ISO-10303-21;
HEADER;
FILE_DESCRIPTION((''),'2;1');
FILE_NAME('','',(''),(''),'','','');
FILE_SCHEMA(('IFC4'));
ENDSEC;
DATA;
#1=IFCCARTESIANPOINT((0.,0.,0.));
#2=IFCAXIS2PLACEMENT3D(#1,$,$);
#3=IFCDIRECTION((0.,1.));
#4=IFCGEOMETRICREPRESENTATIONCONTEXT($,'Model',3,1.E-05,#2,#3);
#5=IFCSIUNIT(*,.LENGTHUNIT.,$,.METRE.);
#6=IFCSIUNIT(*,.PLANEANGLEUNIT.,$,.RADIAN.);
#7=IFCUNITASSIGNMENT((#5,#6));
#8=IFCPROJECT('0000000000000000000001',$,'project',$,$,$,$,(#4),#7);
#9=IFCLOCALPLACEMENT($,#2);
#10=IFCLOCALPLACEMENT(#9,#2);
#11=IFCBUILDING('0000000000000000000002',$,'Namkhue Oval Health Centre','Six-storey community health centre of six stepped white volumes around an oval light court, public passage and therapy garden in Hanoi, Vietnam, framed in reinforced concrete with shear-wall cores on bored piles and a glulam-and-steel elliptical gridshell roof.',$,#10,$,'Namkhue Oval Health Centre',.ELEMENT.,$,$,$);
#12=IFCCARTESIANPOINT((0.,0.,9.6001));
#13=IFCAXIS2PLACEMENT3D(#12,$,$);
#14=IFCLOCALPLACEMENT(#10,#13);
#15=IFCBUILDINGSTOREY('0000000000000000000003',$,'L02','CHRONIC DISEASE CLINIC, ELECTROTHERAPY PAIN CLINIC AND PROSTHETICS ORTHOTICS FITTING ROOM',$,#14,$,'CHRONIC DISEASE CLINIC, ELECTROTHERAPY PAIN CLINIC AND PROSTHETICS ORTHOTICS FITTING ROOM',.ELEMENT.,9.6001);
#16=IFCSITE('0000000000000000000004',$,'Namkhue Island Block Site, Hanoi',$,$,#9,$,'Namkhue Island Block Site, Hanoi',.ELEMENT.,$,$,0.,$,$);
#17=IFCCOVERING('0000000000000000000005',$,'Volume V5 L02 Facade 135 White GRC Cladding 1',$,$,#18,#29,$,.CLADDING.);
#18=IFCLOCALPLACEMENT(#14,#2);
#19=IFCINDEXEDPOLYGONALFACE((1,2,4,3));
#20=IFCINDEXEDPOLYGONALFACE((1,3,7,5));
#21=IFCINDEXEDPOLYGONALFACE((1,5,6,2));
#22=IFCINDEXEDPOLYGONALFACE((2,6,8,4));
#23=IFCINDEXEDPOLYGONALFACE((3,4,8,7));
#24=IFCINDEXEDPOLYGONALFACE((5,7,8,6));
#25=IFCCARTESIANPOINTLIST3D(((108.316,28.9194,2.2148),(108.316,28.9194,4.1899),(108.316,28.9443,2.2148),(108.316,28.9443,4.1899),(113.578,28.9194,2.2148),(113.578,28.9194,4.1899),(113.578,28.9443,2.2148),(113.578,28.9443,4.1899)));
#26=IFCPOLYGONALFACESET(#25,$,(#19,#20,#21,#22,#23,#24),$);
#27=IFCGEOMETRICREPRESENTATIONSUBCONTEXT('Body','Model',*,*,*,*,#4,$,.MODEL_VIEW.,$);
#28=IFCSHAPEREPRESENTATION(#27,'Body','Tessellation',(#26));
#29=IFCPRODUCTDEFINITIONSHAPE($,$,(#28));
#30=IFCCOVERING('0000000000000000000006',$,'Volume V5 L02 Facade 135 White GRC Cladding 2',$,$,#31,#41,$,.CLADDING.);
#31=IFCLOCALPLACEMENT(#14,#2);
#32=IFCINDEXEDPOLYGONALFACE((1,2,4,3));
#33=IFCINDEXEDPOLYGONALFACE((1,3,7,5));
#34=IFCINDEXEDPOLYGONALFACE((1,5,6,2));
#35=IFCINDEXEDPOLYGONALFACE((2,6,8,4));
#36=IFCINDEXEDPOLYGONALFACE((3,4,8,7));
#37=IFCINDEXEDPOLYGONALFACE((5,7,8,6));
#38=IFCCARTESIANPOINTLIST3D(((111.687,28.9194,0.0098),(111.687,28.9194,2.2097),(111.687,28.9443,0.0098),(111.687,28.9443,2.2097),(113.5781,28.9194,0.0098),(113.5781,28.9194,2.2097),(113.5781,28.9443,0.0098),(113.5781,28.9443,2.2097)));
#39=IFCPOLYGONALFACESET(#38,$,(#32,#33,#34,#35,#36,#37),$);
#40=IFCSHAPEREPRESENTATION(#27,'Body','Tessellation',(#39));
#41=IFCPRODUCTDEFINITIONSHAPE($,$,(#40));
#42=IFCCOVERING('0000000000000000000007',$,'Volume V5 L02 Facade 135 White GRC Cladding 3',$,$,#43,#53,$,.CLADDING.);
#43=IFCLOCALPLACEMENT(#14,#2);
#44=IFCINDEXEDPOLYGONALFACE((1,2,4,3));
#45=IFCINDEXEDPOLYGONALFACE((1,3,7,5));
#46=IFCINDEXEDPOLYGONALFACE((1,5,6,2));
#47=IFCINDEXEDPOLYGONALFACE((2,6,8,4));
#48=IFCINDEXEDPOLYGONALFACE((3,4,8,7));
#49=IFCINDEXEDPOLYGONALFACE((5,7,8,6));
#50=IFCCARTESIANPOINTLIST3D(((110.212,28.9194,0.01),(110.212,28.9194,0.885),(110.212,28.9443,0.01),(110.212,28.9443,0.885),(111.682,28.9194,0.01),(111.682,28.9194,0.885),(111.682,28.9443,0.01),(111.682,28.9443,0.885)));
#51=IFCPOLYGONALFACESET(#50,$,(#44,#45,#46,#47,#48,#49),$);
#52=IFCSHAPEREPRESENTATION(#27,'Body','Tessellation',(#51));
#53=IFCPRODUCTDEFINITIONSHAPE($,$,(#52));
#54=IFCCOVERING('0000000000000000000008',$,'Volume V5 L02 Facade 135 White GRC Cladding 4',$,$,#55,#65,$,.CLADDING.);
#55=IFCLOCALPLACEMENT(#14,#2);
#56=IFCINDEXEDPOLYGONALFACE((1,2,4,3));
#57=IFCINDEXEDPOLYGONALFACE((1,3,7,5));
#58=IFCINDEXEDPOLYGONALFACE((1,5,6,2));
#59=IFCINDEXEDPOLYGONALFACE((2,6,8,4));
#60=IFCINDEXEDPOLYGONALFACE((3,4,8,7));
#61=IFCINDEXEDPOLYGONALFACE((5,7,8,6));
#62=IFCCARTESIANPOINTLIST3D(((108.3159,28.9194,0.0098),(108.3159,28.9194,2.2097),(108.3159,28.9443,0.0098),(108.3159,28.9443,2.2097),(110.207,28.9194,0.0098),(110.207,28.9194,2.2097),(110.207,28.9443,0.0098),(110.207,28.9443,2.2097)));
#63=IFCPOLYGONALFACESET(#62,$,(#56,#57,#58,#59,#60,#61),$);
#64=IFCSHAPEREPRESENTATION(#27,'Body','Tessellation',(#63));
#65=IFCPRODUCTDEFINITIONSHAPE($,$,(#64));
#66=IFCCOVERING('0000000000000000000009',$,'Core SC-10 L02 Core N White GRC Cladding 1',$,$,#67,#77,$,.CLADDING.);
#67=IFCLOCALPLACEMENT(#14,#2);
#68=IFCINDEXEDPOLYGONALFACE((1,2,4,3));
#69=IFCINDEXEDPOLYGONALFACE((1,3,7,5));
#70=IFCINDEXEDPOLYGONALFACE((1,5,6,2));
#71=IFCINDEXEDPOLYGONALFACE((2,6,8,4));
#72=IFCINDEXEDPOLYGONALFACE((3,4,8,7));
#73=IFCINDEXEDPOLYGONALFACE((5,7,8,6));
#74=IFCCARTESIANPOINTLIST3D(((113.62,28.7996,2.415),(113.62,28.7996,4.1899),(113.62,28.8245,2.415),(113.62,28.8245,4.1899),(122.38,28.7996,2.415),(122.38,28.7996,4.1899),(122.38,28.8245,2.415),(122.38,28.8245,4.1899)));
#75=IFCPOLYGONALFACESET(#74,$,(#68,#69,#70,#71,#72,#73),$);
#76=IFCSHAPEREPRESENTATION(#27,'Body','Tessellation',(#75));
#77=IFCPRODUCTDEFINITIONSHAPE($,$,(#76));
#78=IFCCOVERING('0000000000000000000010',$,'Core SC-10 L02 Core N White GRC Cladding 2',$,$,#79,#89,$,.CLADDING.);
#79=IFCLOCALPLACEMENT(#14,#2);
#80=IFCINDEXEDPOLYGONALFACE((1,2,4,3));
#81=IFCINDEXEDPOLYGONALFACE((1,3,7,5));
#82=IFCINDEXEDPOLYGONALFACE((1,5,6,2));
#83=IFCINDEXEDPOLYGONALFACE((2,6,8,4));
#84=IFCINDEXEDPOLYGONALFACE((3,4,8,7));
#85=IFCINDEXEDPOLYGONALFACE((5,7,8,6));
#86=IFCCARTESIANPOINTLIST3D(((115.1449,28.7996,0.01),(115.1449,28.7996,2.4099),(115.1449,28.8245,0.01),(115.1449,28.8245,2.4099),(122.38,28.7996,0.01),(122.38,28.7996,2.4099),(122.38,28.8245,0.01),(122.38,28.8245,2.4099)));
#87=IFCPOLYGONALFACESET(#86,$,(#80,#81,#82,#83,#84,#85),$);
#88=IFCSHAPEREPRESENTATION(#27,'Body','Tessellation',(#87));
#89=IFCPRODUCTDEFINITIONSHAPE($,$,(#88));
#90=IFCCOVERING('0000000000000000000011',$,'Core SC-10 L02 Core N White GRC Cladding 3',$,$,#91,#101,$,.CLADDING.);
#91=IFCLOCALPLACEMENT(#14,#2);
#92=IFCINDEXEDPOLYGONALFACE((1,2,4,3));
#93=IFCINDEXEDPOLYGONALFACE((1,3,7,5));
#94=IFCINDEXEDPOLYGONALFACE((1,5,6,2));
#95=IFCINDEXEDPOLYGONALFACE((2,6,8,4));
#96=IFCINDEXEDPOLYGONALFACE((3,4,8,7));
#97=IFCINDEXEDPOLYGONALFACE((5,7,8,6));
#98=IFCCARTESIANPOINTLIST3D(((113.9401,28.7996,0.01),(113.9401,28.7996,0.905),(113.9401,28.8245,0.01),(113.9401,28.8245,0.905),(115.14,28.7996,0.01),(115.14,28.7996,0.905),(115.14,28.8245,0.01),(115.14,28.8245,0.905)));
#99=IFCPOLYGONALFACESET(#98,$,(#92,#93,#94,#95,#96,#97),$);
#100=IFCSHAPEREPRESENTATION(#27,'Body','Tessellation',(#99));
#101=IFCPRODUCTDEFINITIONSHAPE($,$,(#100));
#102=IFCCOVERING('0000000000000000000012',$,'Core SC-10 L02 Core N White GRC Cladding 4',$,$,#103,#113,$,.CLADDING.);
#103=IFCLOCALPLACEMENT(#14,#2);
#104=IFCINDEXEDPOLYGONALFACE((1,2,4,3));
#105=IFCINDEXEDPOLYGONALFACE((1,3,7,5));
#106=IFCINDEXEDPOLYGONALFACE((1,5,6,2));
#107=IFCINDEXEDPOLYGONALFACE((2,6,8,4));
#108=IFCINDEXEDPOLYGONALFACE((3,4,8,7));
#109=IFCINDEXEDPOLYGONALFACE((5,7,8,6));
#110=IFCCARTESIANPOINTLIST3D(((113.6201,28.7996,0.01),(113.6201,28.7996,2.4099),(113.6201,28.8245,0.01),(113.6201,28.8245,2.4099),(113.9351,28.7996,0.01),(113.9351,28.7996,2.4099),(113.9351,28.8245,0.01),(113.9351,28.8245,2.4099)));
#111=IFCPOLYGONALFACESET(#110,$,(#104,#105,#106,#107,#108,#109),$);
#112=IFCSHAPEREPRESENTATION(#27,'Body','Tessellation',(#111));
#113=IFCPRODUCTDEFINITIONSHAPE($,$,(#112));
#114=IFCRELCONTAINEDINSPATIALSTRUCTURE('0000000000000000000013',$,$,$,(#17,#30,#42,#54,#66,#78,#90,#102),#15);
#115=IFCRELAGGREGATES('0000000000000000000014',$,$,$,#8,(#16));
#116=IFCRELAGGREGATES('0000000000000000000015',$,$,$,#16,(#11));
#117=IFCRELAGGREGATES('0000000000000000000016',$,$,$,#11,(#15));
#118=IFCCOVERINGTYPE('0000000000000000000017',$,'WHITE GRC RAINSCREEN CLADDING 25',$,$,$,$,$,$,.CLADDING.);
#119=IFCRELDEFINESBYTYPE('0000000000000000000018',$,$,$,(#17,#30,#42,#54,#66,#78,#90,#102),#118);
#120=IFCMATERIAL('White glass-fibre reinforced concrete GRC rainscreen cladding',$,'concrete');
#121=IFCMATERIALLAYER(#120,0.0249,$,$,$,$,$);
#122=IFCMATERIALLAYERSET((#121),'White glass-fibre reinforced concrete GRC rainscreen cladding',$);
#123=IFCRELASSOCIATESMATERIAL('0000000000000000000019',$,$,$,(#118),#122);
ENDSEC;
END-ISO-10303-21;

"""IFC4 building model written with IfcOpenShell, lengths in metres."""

from ifc_helpers import new_model, si_unit, direction, frame, origin, origin_2d, place, context, subcontext, project, spatial, rectangle, extrude, material, layer, layer_set, type_object, element, save


model = new_model("IFC4")

# Units and contexts
model_context = context("Model", 3, precision=1e-05, world=origin(), true_north=direction((0.0, 1.0)))
body_context = subcontext(model_context, "Body", "Model", "MODEL_VIEW")
ifc_project = project(units=[si_unit("LENGTHUNIT", "METRE"), si_unit("PLANEANGLEUNIT", "RADIAN")], contexts=[model_context])

# Site, building, storey
site_placement = place(None, origin())
site = spatial("IfcSite", under=ifc_project, at=site_placement, Name="Namkhue Island Block Site, Hanoi", LongName="Namkhue Island Block Site, Hanoi", CompositionType="ELEMENT", RefElevation=0.0)
building_placement = place(site_placement, origin())
building = spatial("IfcBuilding", under=site, at=building_placement, Name="Namkhue Oval Health Centre", Description="Six-storey community health centre of six stepped white volumes around an oval light court, public passage and therapy garden in Hanoi, Vietnam, framed in reinforced concrete with shear-wall cores on bored piles and a glulam-and-steel elliptical gridshell roof.", LongName="Namkhue Oval Health Centre", CompositionType="ELEMENT")
storey_placement = place(building_placement, frame((0.0, 0.0, 9.6001)))
storey = spatial("IfcBuildingStorey", under=building, at=storey_placement, Name="L02", Description="CHRONIC DISEASE CLINIC, ELECTROTHERAPY PAIN CLINIC AND PROSTHETICS ORTHOTICS FITTING ROOM", LongName="CHRONIC DISEASE CLINIC, ELECTROTHERAPY PAIN CLINIC AND PROSTHETICS ORTHOTICS FITTING ROOM", CompositionType="ELEMENT", Elevation=9.6001)

# Coverings
ifc_material_1 = material(Name="White glass-fibre reinforced concrete GRC rainscreen cladding", Category="concrete")
ifc_layer_1 = layer(ifc_material_1, 0.0249)
ifc_layer_set_1 = layer_set([ifc_layer_1], Name="White glass-fibre reinforced concrete GRC rainscreen cladding")
covering_type = type_object("IfcCoveringType", Name="WHITE GRC RAINSCREEN CLADDING 25", PredefinedType="CLADDING", material=ifc_layer_set_1)
covering_1_placement = place(storey_placement, frame((110.947, 28.9319, 2.2148), z_axis=(0.0, 0.0, 1.0), x_axis=(-1.0, 0.0, 0.0)))
element("IfcCovering", 1, at=covering_1_placement, inside=storey, type_object=covering_type, Name="Volume V5 L02 Facade 135 White GRC Cladding 1", PredefinedType="CLADDING", context=body_context, shape_type="SweptSolid", body=[
    extrude(rectangle(XDim=5.262, YDim=0.0249, at=origin_2d()), origin(), (0.0, 0.0, 1.0), 1.9751),
])
covering_2_placement = place(storey_placement, frame((112.6326, 28.9319, 0.0098), z_axis=(0.0, 0.0, 1.0), x_axis=(-1.0, 0.0, 0.0)))
element("IfcCovering", 2, at=covering_2_placement, inside=storey, type_object=covering_type, Name="Volume V5 L02 Facade 135 White GRC Cladding 2", PredefinedType="CLADDING", context=body_context, shape_type="SweptSolid", body=[
    extrude(rectangle(XDim=1.8911, YDim=0.0249, at=origin_2d()), origin(), (0.0, 0.0, 1.0), 2.2),
])
covering_3_placement = place(storey_placement, frame((110.947, 28.9319, 0.01), z_axis=(0.0, 0.0, 1.0), x_axis=(-1.0, 0.0, 0.0)))
element("IfcCovering", 3, at=covering_3_placement, inside=storey, type_object=covering_type, Name="Volume V5 L02 Facade 135 White GRC Cladding 3", PredefinedType="CLADDING", context=body_context, shape_type="SweptSolid", body=[
    extrude(rectangle(XDim=1.47, YDim=0.0249, at=origin_2d()), origin(), (0.0, 0.0, 1.0), 0.875),
])
covering_4_placement = place(storey_placement, frame((109.2615, 28.9319, 0.0098), z_axis=(0.0, 0.0, 1.0), x_axis=(-1.0, 0.0, 0.0)))
element("IfcCovering", 4, at=covering_4_placement, inside=storey, type_object=covering_type, Name="Volume V5 L02 Facade 135 White GRC Cladding 4", PredefinedType="CLADDING", context=body_context, shape_type="SweptSolid", body=[
    extrude(rectangle(XDim=1.8911, YDim=0.0249, at=origin_2d()), origin(), (0.0, 0.0, 1.0), 2.2),
])
covering_5_placement = place(storey_placement, frame((118.0, 28.812, 2.415), z_axis=(0.0, 0.0, 1.0), x_axis=(-1.0, 0.0, 0.0)))
element("IfcCovering", 5, at=covering_5_placement, inside=storey, type_object=covering_type, Name="Core SC-10 L02 Core N White GRC Cladding 1", PredefinedType="CLADDING", context=body_context, shape_type="SweptSolid", body=[
    extrude(rectangle(XDim=8.76, YDim=0.0249, at=origin_2d()), origin(), (0.0, 0.0, 1.0), 1.7749),
])
covering_6_placement = place(storey_placement, frame((118.7625, 28.812, 0.01), z_axis=(0.0, 0.0, 1.0), x_axis=(-1.0, 0.0, 0.0)))
element("IfcCovering", 6, at=covering_6_placement, inside=storey, type_object=covering_type, Name="Core SC-10 L02 Core N White GRC Cladding 2", PredefinedType="CLADDING", context=body_context, shape_type="SweptSolid", body=[
    extrude(rectangle(XDim=7.2351, YDim=0.0249, at=origin_2d()), origin(), (0.0, 0.0, 1.0), 2.3999),
])
covering_7_placement = place(storey_placement, frame((114.54, 28.812, 0.01), z_axis=(0.0, 0.0, 1.0), x_axis=(-1.0, 0.0, 0.0)))
element("IfcCovering", 7, at=covering_7_placement, inside=storey, type_object=covering_type, Name="Core SC-10 L02 Core N White GRC Cladding 3", PredefinedType="CLADDING", context=body_context, shape_type="SweptSolid", body=[
    extrude(rectangle(XDim=1.2, YDim=0.0249, at=origin_2d()), origin(), (0.0, 0.0, 1.0), 0.895),
])
covering_8_placement = place(storey_placement, frame((113.7776, 28.812, 0.01), z_axis=(0.0, 0.0, 1.0), x_axis=(-1.0, 0.0, 0.0)))
element("IfcCovering", 8, at=covering_8_placement, inside=storey, type_object=covering_type, Name="Core SC-10 L02 Core N White GRC Cladding 4", PredefinedType="CLADDING", context=body_context, shape_type="SweptSolid", body=[
    extrude(rectangle(XDim=0.3149, YDim=0.0249, at=origin_2d()), origin(), (0.0, 0.0, 1.0), 2.3999),
])

save(model, "model.ifc")
